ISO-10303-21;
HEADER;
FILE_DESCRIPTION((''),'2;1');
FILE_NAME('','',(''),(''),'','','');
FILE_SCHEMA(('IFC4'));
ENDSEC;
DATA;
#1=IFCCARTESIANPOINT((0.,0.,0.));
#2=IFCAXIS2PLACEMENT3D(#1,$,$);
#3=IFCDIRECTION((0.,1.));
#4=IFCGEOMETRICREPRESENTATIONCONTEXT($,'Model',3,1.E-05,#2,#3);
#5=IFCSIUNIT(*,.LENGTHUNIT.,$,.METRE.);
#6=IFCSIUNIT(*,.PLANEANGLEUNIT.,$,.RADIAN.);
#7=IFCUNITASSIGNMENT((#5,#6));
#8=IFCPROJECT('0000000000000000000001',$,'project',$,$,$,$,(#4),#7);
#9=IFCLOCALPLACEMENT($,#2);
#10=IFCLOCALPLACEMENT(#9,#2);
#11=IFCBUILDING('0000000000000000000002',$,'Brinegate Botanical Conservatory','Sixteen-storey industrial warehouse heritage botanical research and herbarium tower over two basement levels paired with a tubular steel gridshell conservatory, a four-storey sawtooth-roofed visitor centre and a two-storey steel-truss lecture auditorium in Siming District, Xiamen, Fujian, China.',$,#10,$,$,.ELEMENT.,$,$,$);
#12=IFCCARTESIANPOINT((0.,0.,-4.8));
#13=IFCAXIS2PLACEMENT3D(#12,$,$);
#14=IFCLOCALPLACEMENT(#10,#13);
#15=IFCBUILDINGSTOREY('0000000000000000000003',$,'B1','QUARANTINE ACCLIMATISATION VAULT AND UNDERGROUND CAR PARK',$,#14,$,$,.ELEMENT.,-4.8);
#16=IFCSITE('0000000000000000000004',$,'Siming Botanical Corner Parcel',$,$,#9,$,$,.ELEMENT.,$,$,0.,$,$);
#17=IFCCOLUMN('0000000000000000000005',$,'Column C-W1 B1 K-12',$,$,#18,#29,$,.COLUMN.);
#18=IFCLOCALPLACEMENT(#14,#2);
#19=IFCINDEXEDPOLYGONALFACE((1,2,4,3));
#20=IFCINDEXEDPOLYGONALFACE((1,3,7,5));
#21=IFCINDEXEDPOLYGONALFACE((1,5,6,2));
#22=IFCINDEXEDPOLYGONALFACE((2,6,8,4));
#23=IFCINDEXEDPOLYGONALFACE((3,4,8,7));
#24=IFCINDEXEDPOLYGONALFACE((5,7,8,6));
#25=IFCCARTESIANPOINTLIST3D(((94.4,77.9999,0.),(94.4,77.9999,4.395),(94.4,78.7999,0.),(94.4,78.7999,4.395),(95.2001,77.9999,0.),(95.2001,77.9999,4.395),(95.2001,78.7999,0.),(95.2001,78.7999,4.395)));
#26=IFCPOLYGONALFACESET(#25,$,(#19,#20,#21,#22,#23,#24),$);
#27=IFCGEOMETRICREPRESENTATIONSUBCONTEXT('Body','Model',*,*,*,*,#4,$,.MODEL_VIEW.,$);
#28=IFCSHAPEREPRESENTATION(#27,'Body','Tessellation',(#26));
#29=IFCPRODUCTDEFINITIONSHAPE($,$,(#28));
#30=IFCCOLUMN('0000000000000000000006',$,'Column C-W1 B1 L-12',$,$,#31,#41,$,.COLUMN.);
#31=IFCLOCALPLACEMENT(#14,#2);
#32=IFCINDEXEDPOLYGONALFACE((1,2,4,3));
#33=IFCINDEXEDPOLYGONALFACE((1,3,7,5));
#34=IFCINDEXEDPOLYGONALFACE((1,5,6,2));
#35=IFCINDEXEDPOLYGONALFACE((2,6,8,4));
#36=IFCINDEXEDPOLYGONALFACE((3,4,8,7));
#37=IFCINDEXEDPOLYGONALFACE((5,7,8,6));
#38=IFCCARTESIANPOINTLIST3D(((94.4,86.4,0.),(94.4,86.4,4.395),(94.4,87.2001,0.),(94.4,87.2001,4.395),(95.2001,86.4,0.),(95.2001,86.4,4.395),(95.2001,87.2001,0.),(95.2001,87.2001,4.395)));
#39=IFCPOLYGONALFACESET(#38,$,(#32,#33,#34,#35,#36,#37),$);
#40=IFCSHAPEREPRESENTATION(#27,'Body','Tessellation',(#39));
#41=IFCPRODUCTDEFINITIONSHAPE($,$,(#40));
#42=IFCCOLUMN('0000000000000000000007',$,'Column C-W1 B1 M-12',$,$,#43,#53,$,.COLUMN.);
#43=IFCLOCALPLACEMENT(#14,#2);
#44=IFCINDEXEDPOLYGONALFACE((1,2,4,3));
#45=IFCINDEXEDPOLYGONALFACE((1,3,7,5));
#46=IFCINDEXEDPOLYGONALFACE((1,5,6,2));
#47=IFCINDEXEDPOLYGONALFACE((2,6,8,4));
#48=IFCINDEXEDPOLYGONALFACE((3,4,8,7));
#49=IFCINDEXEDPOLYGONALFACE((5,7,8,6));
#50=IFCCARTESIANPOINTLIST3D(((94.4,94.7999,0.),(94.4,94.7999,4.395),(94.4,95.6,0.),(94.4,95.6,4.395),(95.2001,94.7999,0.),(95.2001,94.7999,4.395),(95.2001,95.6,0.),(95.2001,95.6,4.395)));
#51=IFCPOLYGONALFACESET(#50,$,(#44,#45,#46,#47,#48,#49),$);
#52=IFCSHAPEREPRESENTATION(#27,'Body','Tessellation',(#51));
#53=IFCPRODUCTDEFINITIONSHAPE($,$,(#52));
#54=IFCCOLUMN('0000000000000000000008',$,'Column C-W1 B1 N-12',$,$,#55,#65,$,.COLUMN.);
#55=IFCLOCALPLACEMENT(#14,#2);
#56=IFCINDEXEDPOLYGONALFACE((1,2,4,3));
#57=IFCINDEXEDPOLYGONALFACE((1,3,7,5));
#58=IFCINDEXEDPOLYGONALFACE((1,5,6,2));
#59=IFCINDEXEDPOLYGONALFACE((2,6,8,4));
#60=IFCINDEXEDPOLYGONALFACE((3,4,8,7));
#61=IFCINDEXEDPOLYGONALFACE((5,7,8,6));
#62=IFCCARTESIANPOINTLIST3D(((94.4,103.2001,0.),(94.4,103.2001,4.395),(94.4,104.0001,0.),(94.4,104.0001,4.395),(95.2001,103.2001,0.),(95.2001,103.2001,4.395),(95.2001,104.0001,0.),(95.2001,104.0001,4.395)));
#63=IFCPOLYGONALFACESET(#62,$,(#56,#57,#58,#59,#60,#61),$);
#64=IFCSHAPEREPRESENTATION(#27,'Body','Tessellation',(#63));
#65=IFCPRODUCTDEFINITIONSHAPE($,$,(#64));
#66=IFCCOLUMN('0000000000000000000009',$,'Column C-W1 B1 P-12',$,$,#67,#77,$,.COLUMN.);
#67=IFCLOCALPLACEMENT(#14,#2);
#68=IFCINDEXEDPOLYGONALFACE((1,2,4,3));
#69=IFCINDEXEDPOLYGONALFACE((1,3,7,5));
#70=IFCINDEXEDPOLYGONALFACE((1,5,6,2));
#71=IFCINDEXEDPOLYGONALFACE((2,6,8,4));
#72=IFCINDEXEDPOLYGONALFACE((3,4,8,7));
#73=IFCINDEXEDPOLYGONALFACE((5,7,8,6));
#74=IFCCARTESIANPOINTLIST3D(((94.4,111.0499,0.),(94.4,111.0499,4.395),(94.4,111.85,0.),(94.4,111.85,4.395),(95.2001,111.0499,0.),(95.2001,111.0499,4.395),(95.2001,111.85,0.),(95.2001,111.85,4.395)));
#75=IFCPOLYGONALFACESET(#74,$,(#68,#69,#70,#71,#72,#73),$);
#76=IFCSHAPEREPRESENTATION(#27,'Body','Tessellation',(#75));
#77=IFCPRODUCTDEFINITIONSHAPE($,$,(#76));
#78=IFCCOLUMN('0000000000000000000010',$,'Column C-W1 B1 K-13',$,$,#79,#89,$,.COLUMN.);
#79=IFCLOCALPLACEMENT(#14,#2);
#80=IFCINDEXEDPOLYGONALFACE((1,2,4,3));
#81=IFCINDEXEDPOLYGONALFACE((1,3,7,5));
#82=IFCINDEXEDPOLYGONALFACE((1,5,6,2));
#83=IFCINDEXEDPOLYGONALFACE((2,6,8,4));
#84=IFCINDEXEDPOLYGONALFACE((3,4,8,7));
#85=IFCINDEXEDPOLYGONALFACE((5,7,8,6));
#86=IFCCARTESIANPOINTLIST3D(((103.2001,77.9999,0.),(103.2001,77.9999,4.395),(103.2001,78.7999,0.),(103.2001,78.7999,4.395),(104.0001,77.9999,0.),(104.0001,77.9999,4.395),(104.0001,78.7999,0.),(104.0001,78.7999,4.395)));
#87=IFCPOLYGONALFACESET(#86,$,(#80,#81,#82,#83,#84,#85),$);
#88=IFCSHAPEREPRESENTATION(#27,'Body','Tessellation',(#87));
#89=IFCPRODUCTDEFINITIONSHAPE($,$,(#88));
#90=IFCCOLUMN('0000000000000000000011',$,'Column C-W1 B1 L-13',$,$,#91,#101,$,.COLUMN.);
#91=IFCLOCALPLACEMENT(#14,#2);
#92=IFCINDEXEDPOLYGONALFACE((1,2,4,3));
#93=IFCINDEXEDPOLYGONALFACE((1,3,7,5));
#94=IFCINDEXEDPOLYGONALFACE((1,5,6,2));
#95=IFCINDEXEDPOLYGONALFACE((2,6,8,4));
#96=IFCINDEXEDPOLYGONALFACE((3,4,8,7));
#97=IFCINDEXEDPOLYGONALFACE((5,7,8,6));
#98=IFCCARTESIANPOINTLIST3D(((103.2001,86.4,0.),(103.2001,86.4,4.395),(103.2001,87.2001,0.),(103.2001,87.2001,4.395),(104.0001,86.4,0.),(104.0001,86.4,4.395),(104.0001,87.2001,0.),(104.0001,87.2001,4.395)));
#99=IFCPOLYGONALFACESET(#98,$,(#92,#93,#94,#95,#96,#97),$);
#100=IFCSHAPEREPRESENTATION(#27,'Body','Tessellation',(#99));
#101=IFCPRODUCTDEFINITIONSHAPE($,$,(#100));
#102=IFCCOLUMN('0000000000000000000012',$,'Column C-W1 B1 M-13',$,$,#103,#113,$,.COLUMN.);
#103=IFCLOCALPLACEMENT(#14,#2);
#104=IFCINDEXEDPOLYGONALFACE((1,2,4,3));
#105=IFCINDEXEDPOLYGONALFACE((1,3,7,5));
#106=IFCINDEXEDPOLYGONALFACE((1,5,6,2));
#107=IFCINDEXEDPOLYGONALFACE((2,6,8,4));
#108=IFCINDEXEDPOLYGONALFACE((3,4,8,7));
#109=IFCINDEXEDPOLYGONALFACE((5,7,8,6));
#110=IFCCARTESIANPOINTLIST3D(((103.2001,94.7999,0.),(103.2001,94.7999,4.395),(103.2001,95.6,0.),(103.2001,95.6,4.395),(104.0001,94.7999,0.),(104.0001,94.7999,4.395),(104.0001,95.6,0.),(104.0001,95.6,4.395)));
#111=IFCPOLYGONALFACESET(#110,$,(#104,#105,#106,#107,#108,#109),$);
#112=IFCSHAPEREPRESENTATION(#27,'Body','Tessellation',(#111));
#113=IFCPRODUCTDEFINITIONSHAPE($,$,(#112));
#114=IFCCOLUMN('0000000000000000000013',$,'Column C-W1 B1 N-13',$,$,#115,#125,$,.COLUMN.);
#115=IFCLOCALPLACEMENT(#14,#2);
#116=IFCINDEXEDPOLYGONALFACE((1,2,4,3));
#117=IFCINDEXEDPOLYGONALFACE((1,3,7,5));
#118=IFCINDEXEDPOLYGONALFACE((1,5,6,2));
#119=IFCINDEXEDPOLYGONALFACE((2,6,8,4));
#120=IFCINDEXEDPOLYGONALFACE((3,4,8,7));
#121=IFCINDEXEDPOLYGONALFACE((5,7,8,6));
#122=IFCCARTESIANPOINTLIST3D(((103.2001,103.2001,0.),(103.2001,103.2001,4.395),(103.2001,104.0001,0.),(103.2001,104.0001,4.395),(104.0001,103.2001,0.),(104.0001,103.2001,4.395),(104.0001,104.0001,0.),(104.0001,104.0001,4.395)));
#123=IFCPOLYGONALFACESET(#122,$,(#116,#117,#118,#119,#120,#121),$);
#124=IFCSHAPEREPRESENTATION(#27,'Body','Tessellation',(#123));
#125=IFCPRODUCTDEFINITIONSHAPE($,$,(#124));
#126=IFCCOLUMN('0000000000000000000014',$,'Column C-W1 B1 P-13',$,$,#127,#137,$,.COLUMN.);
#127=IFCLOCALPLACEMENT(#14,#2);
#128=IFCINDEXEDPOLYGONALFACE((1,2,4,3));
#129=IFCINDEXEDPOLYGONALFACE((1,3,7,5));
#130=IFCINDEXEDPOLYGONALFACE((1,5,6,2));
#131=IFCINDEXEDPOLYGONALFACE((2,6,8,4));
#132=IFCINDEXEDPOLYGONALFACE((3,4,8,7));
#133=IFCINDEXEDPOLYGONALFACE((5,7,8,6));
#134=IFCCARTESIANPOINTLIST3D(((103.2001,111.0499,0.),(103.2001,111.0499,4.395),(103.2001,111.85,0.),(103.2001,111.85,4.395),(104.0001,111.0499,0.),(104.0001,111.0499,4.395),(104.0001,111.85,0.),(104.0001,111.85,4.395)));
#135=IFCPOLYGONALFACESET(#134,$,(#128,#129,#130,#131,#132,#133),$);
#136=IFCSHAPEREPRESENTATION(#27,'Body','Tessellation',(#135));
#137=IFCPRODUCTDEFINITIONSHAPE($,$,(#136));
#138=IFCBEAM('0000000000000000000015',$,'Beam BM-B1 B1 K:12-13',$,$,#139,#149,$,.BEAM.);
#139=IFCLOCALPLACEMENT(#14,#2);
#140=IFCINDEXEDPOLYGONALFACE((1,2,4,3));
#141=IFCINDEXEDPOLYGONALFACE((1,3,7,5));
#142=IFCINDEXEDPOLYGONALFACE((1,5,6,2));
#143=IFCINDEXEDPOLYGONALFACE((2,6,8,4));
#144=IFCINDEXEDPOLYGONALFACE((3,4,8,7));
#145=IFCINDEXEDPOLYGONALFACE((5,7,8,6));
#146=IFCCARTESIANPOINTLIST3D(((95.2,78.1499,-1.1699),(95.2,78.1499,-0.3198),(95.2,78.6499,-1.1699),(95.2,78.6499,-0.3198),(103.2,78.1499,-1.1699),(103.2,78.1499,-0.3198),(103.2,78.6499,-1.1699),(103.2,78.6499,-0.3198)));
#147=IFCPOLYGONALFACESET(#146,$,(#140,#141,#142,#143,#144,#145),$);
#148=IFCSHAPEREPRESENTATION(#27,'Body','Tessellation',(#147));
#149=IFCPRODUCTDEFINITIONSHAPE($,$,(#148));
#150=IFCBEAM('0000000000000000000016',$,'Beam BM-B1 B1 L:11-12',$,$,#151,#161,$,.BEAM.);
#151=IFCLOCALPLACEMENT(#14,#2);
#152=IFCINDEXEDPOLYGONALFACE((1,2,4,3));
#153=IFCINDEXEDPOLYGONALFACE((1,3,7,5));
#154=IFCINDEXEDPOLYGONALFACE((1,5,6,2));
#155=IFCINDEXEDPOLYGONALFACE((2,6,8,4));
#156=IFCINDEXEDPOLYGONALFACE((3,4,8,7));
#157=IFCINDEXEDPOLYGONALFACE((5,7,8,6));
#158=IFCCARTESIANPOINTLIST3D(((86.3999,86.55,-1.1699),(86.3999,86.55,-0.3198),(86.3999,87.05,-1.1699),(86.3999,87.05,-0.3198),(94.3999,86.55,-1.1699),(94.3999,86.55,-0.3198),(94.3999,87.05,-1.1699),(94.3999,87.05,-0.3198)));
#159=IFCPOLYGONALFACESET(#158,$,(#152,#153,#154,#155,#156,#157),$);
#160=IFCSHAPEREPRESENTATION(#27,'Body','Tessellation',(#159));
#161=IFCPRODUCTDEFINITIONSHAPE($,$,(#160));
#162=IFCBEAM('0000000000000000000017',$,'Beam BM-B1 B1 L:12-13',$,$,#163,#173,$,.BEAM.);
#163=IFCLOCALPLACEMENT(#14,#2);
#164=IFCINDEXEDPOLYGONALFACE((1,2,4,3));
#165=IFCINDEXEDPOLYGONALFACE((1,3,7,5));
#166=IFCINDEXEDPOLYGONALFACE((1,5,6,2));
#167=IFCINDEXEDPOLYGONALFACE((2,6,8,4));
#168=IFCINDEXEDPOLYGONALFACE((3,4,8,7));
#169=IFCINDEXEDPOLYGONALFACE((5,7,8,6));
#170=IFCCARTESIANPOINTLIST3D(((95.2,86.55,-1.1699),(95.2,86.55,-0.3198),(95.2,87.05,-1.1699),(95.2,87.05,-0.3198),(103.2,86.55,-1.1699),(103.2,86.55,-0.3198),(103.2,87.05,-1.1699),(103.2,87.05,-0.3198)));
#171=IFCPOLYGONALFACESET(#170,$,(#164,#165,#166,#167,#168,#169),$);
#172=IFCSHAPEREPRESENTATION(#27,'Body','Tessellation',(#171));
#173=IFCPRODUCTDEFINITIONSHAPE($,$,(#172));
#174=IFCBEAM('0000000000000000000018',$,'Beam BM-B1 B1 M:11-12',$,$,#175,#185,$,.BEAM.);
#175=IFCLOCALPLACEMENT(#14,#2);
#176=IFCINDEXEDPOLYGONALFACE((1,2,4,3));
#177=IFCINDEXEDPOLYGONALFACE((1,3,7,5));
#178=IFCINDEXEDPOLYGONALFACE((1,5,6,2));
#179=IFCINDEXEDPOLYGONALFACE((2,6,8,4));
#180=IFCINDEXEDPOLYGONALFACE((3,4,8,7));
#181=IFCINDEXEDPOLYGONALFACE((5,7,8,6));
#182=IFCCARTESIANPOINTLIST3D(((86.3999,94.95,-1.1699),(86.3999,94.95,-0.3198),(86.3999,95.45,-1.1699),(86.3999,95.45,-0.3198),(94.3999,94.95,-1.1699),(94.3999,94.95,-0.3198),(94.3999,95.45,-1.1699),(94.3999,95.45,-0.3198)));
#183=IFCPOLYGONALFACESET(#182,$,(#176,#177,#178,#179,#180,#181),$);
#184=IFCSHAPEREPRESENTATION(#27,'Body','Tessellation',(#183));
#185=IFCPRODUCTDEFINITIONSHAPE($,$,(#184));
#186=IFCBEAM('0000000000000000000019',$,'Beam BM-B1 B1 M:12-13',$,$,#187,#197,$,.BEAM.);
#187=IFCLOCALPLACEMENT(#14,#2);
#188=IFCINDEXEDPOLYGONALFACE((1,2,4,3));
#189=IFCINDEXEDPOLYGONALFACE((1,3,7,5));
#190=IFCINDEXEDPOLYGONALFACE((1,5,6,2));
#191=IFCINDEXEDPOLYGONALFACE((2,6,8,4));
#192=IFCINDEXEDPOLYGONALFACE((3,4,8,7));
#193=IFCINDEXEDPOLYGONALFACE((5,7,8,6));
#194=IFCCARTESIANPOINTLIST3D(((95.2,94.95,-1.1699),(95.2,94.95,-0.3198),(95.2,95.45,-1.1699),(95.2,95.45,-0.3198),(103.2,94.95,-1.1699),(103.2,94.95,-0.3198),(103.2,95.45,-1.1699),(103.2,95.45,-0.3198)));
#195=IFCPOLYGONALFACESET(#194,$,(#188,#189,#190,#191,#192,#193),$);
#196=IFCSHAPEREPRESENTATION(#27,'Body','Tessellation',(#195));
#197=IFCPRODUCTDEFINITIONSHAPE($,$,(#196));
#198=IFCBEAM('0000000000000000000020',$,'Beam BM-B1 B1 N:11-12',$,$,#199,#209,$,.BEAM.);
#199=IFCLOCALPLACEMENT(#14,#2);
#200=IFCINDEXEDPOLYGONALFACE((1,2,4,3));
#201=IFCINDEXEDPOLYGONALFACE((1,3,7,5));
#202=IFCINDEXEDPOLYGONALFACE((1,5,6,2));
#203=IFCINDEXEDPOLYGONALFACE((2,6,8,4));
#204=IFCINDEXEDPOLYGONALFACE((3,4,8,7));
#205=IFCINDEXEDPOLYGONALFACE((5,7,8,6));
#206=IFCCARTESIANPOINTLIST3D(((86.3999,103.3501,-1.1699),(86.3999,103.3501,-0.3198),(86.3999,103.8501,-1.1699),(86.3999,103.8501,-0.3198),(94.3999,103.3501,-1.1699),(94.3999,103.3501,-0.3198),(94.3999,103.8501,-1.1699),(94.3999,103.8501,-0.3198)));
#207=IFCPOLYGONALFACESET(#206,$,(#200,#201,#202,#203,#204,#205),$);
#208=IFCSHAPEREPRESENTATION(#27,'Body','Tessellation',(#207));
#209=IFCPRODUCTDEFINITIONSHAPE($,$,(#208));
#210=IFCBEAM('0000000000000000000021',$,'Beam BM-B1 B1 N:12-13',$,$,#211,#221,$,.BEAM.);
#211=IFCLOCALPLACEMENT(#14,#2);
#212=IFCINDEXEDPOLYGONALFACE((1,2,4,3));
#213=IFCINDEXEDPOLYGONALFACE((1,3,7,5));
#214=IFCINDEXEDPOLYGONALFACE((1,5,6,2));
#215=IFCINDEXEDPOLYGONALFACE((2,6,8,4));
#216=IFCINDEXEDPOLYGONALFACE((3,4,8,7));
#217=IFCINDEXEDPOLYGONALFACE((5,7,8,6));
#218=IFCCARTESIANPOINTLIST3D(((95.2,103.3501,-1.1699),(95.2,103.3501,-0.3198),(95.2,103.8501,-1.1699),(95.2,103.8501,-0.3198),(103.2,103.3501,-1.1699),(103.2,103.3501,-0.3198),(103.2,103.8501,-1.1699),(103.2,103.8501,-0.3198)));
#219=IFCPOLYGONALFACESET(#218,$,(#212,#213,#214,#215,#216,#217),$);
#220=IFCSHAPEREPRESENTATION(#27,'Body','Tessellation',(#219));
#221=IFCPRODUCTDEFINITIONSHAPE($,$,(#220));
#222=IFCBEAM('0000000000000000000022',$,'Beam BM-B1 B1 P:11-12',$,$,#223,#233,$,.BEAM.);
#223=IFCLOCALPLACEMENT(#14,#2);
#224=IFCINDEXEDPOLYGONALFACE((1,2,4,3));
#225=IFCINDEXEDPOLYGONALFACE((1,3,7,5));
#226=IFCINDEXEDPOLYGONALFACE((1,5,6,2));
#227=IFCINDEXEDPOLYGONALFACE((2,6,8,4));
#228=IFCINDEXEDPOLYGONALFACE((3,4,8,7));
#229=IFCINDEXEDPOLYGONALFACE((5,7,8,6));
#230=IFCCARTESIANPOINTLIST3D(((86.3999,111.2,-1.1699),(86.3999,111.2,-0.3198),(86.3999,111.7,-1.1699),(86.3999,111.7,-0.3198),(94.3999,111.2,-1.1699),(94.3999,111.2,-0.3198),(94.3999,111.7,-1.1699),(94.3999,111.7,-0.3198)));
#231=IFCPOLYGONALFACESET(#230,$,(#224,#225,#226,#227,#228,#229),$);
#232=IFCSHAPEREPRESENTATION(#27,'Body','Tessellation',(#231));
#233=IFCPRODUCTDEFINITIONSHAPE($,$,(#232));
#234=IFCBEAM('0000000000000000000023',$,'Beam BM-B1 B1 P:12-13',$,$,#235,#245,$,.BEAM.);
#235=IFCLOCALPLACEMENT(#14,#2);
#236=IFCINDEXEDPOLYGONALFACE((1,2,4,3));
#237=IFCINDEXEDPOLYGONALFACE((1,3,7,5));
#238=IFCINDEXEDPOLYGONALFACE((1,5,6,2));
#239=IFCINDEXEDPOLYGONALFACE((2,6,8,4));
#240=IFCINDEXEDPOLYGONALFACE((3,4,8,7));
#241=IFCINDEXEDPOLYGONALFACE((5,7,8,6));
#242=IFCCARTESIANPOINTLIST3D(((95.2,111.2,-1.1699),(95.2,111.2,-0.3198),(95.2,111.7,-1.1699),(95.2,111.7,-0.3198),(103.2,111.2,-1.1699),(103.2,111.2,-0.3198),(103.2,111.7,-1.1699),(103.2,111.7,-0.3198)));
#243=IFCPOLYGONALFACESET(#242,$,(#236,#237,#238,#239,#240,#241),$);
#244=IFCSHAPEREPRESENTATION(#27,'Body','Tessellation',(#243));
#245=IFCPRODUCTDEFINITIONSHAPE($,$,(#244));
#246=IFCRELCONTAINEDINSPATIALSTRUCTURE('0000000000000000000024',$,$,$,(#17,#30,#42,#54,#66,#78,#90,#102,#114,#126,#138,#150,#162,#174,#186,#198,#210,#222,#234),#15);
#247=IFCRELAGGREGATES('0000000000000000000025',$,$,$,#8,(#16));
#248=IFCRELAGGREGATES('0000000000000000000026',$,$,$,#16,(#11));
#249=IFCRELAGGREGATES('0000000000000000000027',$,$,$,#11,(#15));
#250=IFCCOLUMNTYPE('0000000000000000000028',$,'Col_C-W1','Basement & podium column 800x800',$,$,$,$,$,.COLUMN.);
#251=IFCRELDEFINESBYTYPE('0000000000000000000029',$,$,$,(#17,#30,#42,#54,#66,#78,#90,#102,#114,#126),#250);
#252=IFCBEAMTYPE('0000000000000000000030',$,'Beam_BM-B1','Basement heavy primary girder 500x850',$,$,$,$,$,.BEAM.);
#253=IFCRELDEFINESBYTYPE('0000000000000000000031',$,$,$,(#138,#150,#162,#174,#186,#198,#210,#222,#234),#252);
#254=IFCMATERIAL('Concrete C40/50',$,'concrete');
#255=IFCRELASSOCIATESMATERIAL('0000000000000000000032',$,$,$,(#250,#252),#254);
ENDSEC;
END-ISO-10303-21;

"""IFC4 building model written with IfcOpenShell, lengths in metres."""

from ifc_helpers import new_model, si_unit, direction, frame, origin, origin_2d, place, context, subcontext, project, spatial, rectangle, extrude, material, material_profile, profile_set, type_object, element, save


model = new_model("IFC4")

# Units and contexts
model_context = context("Model", 3, precision=1e-05, world=origin(), true_north=direction((0.0, 1.0)))
body_context = subcontext(model_context, "Body", "Model", "MODEL_VIEW")
ifc_project = project(units=[si_unit("LENGTHUNIT", "METRE"), si_unit("PLANEANGLEUNIT", "RADIAN")], contexts=[model_context])

# Site, building, storey
site_placement = place(None, origin())
site = spatial("IfcSite", under=ifc_project, at=site_placement, Name="Siming Botanical Corner Parcel", CompositionType="ELEMENT", RefElevation=0.0)
building_placement = place(site_placement, origin())
building = spatial("IfcBuilding", under=site, at=building_placement, Name="Brinegate Botanical Conservatory", Description="Sixteen-storey industrial warehouse heritage botanical research and herbarium tower over two basement levels paired with a tubular steel gridshell conservatory, a four-storey sawtooth-roofed visitor centre and a two-storey steel-truss lecture auditorium in Siming District, Xiamen, Fujian, China.", CompositionType="ELEMENT")
storey_placement = place(building_placement, frame((0.0, 0.0, -4.8)))
storey = spatial("IfcBuildingStorey", under=building, at=storey_placement, Name="B1", Description="QUARANTINE ACCLIMATISATION VAULT AND UNDERGROUND CAR PARK", CompositionType="ELEMENT", Elevation=-4.8)

# Columns
ifc_material = material(Name="Concrete C40/50", Category="concrete")
ifc_material_profile_1 = material_profile(ifc_material, rectangle(XDim=0.8, YDim=0.8, at=origin_2d()), Name="RC COL 800x800")
ifc_profile_set_1 = profile_set([ifc_material_profile_1], Name="Concrete C40/50")
column_type = type_object("IfcColumnType", Name="Col_C-W1", Description="Basement & podium column 800x800", PredefinedType="COLUMN", material=ifc_profile_set_1)
for number, where, z_axis, x_axis, name in (
    (1, (94.8, 78.3999, 0.0), (0.0, 0.0, 1.0), (1.0, 0.0, 0.0), "Column C-W1 B1 K-12"),
    (2, (94.8, 86.8, 0.0), (0.0, 0.0, 1.0), (1.0, 0.0, 0.0), "Column C-W1 B1 L-12"),
    (3, (94.8, 95.2, 0.0), (0.0, 0.0, 1.0), (1.0, 0.0, 0.0), "Column C-W1 B1 M-12"),
    (4, (94.8, 103.6001, 0.0), (0.0, 0.0, 1.0), (1.0, 0.0, 0.0), "Column C-W1 B1 N-12"),
    (5, (94.8, 111.45, 0.0), (0.0, 0.0, 1.0), (1.0, 0.0, 0.0), "Column C-W1 B1 P-12"),
    (6, (103.6001, 78.3999, 0.0), (0.0, 0.0, 1.0), (1.0, 0.0, 0.0), "Column C-W1 B1 K-13"),
    (7, (103.6001, 86.8, 0.0), (0.0, 0.0, 1.0), (1.0, 0.0, 0.0), "Column C-W1 B1 L-13"),
    (8, (103.6001, 95.2, 0.0), (0.0, 0.0, 1.0), (1.0, 0.0, 0.0), "Column C-W1 B1 M-13"),
    (9, (103.6001, 103.6001, 0.0), (0.0, 0.0, 1.0), (1.0, 0.0, 0.0), "Column C-W1 B1 N-13"),
    (10, (103.6001, 111.45, 0.0), (0.0, 0.0, 1.0), (1.0, 0.0, 0.0), "Column C-W1 B1 P-13"),
):
    element("IfcColumn", number, at=place(storey_placement, frame(where, z_axis=z_axis, x_axis=x_axis)), inside=storey, type_object=column_type, Name=name, PredefinedType="COLUMN", context=body_context, shape_type="SweptSolid", body=[
        extrude(rectangle(XDim=0.8, YDim=0.8, at=origin_2d()), origin(), (0.0, 0.0, 1.0), 4.395),
    ])

# Beams
ifc_material_profile_2 = material_profile(ifc_material, rectangle(XDim=0.5, YDim=0.8501, at=origin_2d()), Name="RC BM 500x850")
ifc_profile_set_2 = profile_set([ifc_material_profile_2], Name="Concrete C40/50")
beam_type_1 = type_object("IfcBeamType", Name="Beam_BM-B1", Description="Basement heavy primary girder 500x850", PredefinedType="BEAM", material=ifc_profile_set_2)
for number, where, z_axis, x_axis, name in (
    (11, (95.2, 78.3999, -0.7449), (1.0, 0.0, 0.0), (0.0, 1.0, 0.0), "Beam BM-B1 B1 K:12-13"),
    (12, (86.3999, 86.8, -0.7449), (1.0, 0.0, 0.0), (0.0, 1.0, 0.0), "Beam BM-B1 B1 L:11-12"),
    (13, (95.2, 86.8, -0.7449), (1.0, 0.0, 0.0), (0.0, 1.0, 0.0), "Beam BM-B1 B1 L:12-13"),
    (14, (86.3999, 95.2, -0.7449), (1.0, 0.0, 0.0), (0.0, 1.0, 0.0), "Beam BM-B1 B1 M:11-12"),
    (15, (95.2, 95.2, -0.7449), (1.0, 0.0, 0.0), (0.0, 1.0, 0.0), "Beam BM-B1 B1 M:12-13"),
    (16, (86.3999, 103.6001, -0.7449), (1.0, 0.0, 0.0), (0.0, 1.0, 0.0), "Beam BM-B1 B1 N:11-12"),
    (17, (95.2, 103.6001, -0.7449), (1.0, 0.0, 0.0), (0.0, 1.0, 0.0), "Beam BM-B1 B1 N:12-13"),
    (18, (86.3999, 111.45, -0.7449), (1.0, 0.0, 0.0), (0.0, 1.0, 0.0), "Beam BM-B1 B1 P:11-12"),
    (19, (95.2, 111.45, -0.7449), (1.0, 0.0, 0.0), (0.0, 1.0, 0.0), "Beam BM-B1 B1 P:12-13"),
):
    element("IfcBeam", number, at=place(storey_placement, frame(where, z_axis=z_axis, x_axis=x_axis)), inside=storey, type_object=beam_type_1, Name=name, PredefinedType="BEAM", context=body_context, shape_type="SweptSolid", body=[
        extrude(rectangle(XDim=0.5, YDim=0.8501, at=origin_2d()), origin(), (0.0, 0.0, 1.0), 8.0),
    ])

save(model, "model.ifc")
